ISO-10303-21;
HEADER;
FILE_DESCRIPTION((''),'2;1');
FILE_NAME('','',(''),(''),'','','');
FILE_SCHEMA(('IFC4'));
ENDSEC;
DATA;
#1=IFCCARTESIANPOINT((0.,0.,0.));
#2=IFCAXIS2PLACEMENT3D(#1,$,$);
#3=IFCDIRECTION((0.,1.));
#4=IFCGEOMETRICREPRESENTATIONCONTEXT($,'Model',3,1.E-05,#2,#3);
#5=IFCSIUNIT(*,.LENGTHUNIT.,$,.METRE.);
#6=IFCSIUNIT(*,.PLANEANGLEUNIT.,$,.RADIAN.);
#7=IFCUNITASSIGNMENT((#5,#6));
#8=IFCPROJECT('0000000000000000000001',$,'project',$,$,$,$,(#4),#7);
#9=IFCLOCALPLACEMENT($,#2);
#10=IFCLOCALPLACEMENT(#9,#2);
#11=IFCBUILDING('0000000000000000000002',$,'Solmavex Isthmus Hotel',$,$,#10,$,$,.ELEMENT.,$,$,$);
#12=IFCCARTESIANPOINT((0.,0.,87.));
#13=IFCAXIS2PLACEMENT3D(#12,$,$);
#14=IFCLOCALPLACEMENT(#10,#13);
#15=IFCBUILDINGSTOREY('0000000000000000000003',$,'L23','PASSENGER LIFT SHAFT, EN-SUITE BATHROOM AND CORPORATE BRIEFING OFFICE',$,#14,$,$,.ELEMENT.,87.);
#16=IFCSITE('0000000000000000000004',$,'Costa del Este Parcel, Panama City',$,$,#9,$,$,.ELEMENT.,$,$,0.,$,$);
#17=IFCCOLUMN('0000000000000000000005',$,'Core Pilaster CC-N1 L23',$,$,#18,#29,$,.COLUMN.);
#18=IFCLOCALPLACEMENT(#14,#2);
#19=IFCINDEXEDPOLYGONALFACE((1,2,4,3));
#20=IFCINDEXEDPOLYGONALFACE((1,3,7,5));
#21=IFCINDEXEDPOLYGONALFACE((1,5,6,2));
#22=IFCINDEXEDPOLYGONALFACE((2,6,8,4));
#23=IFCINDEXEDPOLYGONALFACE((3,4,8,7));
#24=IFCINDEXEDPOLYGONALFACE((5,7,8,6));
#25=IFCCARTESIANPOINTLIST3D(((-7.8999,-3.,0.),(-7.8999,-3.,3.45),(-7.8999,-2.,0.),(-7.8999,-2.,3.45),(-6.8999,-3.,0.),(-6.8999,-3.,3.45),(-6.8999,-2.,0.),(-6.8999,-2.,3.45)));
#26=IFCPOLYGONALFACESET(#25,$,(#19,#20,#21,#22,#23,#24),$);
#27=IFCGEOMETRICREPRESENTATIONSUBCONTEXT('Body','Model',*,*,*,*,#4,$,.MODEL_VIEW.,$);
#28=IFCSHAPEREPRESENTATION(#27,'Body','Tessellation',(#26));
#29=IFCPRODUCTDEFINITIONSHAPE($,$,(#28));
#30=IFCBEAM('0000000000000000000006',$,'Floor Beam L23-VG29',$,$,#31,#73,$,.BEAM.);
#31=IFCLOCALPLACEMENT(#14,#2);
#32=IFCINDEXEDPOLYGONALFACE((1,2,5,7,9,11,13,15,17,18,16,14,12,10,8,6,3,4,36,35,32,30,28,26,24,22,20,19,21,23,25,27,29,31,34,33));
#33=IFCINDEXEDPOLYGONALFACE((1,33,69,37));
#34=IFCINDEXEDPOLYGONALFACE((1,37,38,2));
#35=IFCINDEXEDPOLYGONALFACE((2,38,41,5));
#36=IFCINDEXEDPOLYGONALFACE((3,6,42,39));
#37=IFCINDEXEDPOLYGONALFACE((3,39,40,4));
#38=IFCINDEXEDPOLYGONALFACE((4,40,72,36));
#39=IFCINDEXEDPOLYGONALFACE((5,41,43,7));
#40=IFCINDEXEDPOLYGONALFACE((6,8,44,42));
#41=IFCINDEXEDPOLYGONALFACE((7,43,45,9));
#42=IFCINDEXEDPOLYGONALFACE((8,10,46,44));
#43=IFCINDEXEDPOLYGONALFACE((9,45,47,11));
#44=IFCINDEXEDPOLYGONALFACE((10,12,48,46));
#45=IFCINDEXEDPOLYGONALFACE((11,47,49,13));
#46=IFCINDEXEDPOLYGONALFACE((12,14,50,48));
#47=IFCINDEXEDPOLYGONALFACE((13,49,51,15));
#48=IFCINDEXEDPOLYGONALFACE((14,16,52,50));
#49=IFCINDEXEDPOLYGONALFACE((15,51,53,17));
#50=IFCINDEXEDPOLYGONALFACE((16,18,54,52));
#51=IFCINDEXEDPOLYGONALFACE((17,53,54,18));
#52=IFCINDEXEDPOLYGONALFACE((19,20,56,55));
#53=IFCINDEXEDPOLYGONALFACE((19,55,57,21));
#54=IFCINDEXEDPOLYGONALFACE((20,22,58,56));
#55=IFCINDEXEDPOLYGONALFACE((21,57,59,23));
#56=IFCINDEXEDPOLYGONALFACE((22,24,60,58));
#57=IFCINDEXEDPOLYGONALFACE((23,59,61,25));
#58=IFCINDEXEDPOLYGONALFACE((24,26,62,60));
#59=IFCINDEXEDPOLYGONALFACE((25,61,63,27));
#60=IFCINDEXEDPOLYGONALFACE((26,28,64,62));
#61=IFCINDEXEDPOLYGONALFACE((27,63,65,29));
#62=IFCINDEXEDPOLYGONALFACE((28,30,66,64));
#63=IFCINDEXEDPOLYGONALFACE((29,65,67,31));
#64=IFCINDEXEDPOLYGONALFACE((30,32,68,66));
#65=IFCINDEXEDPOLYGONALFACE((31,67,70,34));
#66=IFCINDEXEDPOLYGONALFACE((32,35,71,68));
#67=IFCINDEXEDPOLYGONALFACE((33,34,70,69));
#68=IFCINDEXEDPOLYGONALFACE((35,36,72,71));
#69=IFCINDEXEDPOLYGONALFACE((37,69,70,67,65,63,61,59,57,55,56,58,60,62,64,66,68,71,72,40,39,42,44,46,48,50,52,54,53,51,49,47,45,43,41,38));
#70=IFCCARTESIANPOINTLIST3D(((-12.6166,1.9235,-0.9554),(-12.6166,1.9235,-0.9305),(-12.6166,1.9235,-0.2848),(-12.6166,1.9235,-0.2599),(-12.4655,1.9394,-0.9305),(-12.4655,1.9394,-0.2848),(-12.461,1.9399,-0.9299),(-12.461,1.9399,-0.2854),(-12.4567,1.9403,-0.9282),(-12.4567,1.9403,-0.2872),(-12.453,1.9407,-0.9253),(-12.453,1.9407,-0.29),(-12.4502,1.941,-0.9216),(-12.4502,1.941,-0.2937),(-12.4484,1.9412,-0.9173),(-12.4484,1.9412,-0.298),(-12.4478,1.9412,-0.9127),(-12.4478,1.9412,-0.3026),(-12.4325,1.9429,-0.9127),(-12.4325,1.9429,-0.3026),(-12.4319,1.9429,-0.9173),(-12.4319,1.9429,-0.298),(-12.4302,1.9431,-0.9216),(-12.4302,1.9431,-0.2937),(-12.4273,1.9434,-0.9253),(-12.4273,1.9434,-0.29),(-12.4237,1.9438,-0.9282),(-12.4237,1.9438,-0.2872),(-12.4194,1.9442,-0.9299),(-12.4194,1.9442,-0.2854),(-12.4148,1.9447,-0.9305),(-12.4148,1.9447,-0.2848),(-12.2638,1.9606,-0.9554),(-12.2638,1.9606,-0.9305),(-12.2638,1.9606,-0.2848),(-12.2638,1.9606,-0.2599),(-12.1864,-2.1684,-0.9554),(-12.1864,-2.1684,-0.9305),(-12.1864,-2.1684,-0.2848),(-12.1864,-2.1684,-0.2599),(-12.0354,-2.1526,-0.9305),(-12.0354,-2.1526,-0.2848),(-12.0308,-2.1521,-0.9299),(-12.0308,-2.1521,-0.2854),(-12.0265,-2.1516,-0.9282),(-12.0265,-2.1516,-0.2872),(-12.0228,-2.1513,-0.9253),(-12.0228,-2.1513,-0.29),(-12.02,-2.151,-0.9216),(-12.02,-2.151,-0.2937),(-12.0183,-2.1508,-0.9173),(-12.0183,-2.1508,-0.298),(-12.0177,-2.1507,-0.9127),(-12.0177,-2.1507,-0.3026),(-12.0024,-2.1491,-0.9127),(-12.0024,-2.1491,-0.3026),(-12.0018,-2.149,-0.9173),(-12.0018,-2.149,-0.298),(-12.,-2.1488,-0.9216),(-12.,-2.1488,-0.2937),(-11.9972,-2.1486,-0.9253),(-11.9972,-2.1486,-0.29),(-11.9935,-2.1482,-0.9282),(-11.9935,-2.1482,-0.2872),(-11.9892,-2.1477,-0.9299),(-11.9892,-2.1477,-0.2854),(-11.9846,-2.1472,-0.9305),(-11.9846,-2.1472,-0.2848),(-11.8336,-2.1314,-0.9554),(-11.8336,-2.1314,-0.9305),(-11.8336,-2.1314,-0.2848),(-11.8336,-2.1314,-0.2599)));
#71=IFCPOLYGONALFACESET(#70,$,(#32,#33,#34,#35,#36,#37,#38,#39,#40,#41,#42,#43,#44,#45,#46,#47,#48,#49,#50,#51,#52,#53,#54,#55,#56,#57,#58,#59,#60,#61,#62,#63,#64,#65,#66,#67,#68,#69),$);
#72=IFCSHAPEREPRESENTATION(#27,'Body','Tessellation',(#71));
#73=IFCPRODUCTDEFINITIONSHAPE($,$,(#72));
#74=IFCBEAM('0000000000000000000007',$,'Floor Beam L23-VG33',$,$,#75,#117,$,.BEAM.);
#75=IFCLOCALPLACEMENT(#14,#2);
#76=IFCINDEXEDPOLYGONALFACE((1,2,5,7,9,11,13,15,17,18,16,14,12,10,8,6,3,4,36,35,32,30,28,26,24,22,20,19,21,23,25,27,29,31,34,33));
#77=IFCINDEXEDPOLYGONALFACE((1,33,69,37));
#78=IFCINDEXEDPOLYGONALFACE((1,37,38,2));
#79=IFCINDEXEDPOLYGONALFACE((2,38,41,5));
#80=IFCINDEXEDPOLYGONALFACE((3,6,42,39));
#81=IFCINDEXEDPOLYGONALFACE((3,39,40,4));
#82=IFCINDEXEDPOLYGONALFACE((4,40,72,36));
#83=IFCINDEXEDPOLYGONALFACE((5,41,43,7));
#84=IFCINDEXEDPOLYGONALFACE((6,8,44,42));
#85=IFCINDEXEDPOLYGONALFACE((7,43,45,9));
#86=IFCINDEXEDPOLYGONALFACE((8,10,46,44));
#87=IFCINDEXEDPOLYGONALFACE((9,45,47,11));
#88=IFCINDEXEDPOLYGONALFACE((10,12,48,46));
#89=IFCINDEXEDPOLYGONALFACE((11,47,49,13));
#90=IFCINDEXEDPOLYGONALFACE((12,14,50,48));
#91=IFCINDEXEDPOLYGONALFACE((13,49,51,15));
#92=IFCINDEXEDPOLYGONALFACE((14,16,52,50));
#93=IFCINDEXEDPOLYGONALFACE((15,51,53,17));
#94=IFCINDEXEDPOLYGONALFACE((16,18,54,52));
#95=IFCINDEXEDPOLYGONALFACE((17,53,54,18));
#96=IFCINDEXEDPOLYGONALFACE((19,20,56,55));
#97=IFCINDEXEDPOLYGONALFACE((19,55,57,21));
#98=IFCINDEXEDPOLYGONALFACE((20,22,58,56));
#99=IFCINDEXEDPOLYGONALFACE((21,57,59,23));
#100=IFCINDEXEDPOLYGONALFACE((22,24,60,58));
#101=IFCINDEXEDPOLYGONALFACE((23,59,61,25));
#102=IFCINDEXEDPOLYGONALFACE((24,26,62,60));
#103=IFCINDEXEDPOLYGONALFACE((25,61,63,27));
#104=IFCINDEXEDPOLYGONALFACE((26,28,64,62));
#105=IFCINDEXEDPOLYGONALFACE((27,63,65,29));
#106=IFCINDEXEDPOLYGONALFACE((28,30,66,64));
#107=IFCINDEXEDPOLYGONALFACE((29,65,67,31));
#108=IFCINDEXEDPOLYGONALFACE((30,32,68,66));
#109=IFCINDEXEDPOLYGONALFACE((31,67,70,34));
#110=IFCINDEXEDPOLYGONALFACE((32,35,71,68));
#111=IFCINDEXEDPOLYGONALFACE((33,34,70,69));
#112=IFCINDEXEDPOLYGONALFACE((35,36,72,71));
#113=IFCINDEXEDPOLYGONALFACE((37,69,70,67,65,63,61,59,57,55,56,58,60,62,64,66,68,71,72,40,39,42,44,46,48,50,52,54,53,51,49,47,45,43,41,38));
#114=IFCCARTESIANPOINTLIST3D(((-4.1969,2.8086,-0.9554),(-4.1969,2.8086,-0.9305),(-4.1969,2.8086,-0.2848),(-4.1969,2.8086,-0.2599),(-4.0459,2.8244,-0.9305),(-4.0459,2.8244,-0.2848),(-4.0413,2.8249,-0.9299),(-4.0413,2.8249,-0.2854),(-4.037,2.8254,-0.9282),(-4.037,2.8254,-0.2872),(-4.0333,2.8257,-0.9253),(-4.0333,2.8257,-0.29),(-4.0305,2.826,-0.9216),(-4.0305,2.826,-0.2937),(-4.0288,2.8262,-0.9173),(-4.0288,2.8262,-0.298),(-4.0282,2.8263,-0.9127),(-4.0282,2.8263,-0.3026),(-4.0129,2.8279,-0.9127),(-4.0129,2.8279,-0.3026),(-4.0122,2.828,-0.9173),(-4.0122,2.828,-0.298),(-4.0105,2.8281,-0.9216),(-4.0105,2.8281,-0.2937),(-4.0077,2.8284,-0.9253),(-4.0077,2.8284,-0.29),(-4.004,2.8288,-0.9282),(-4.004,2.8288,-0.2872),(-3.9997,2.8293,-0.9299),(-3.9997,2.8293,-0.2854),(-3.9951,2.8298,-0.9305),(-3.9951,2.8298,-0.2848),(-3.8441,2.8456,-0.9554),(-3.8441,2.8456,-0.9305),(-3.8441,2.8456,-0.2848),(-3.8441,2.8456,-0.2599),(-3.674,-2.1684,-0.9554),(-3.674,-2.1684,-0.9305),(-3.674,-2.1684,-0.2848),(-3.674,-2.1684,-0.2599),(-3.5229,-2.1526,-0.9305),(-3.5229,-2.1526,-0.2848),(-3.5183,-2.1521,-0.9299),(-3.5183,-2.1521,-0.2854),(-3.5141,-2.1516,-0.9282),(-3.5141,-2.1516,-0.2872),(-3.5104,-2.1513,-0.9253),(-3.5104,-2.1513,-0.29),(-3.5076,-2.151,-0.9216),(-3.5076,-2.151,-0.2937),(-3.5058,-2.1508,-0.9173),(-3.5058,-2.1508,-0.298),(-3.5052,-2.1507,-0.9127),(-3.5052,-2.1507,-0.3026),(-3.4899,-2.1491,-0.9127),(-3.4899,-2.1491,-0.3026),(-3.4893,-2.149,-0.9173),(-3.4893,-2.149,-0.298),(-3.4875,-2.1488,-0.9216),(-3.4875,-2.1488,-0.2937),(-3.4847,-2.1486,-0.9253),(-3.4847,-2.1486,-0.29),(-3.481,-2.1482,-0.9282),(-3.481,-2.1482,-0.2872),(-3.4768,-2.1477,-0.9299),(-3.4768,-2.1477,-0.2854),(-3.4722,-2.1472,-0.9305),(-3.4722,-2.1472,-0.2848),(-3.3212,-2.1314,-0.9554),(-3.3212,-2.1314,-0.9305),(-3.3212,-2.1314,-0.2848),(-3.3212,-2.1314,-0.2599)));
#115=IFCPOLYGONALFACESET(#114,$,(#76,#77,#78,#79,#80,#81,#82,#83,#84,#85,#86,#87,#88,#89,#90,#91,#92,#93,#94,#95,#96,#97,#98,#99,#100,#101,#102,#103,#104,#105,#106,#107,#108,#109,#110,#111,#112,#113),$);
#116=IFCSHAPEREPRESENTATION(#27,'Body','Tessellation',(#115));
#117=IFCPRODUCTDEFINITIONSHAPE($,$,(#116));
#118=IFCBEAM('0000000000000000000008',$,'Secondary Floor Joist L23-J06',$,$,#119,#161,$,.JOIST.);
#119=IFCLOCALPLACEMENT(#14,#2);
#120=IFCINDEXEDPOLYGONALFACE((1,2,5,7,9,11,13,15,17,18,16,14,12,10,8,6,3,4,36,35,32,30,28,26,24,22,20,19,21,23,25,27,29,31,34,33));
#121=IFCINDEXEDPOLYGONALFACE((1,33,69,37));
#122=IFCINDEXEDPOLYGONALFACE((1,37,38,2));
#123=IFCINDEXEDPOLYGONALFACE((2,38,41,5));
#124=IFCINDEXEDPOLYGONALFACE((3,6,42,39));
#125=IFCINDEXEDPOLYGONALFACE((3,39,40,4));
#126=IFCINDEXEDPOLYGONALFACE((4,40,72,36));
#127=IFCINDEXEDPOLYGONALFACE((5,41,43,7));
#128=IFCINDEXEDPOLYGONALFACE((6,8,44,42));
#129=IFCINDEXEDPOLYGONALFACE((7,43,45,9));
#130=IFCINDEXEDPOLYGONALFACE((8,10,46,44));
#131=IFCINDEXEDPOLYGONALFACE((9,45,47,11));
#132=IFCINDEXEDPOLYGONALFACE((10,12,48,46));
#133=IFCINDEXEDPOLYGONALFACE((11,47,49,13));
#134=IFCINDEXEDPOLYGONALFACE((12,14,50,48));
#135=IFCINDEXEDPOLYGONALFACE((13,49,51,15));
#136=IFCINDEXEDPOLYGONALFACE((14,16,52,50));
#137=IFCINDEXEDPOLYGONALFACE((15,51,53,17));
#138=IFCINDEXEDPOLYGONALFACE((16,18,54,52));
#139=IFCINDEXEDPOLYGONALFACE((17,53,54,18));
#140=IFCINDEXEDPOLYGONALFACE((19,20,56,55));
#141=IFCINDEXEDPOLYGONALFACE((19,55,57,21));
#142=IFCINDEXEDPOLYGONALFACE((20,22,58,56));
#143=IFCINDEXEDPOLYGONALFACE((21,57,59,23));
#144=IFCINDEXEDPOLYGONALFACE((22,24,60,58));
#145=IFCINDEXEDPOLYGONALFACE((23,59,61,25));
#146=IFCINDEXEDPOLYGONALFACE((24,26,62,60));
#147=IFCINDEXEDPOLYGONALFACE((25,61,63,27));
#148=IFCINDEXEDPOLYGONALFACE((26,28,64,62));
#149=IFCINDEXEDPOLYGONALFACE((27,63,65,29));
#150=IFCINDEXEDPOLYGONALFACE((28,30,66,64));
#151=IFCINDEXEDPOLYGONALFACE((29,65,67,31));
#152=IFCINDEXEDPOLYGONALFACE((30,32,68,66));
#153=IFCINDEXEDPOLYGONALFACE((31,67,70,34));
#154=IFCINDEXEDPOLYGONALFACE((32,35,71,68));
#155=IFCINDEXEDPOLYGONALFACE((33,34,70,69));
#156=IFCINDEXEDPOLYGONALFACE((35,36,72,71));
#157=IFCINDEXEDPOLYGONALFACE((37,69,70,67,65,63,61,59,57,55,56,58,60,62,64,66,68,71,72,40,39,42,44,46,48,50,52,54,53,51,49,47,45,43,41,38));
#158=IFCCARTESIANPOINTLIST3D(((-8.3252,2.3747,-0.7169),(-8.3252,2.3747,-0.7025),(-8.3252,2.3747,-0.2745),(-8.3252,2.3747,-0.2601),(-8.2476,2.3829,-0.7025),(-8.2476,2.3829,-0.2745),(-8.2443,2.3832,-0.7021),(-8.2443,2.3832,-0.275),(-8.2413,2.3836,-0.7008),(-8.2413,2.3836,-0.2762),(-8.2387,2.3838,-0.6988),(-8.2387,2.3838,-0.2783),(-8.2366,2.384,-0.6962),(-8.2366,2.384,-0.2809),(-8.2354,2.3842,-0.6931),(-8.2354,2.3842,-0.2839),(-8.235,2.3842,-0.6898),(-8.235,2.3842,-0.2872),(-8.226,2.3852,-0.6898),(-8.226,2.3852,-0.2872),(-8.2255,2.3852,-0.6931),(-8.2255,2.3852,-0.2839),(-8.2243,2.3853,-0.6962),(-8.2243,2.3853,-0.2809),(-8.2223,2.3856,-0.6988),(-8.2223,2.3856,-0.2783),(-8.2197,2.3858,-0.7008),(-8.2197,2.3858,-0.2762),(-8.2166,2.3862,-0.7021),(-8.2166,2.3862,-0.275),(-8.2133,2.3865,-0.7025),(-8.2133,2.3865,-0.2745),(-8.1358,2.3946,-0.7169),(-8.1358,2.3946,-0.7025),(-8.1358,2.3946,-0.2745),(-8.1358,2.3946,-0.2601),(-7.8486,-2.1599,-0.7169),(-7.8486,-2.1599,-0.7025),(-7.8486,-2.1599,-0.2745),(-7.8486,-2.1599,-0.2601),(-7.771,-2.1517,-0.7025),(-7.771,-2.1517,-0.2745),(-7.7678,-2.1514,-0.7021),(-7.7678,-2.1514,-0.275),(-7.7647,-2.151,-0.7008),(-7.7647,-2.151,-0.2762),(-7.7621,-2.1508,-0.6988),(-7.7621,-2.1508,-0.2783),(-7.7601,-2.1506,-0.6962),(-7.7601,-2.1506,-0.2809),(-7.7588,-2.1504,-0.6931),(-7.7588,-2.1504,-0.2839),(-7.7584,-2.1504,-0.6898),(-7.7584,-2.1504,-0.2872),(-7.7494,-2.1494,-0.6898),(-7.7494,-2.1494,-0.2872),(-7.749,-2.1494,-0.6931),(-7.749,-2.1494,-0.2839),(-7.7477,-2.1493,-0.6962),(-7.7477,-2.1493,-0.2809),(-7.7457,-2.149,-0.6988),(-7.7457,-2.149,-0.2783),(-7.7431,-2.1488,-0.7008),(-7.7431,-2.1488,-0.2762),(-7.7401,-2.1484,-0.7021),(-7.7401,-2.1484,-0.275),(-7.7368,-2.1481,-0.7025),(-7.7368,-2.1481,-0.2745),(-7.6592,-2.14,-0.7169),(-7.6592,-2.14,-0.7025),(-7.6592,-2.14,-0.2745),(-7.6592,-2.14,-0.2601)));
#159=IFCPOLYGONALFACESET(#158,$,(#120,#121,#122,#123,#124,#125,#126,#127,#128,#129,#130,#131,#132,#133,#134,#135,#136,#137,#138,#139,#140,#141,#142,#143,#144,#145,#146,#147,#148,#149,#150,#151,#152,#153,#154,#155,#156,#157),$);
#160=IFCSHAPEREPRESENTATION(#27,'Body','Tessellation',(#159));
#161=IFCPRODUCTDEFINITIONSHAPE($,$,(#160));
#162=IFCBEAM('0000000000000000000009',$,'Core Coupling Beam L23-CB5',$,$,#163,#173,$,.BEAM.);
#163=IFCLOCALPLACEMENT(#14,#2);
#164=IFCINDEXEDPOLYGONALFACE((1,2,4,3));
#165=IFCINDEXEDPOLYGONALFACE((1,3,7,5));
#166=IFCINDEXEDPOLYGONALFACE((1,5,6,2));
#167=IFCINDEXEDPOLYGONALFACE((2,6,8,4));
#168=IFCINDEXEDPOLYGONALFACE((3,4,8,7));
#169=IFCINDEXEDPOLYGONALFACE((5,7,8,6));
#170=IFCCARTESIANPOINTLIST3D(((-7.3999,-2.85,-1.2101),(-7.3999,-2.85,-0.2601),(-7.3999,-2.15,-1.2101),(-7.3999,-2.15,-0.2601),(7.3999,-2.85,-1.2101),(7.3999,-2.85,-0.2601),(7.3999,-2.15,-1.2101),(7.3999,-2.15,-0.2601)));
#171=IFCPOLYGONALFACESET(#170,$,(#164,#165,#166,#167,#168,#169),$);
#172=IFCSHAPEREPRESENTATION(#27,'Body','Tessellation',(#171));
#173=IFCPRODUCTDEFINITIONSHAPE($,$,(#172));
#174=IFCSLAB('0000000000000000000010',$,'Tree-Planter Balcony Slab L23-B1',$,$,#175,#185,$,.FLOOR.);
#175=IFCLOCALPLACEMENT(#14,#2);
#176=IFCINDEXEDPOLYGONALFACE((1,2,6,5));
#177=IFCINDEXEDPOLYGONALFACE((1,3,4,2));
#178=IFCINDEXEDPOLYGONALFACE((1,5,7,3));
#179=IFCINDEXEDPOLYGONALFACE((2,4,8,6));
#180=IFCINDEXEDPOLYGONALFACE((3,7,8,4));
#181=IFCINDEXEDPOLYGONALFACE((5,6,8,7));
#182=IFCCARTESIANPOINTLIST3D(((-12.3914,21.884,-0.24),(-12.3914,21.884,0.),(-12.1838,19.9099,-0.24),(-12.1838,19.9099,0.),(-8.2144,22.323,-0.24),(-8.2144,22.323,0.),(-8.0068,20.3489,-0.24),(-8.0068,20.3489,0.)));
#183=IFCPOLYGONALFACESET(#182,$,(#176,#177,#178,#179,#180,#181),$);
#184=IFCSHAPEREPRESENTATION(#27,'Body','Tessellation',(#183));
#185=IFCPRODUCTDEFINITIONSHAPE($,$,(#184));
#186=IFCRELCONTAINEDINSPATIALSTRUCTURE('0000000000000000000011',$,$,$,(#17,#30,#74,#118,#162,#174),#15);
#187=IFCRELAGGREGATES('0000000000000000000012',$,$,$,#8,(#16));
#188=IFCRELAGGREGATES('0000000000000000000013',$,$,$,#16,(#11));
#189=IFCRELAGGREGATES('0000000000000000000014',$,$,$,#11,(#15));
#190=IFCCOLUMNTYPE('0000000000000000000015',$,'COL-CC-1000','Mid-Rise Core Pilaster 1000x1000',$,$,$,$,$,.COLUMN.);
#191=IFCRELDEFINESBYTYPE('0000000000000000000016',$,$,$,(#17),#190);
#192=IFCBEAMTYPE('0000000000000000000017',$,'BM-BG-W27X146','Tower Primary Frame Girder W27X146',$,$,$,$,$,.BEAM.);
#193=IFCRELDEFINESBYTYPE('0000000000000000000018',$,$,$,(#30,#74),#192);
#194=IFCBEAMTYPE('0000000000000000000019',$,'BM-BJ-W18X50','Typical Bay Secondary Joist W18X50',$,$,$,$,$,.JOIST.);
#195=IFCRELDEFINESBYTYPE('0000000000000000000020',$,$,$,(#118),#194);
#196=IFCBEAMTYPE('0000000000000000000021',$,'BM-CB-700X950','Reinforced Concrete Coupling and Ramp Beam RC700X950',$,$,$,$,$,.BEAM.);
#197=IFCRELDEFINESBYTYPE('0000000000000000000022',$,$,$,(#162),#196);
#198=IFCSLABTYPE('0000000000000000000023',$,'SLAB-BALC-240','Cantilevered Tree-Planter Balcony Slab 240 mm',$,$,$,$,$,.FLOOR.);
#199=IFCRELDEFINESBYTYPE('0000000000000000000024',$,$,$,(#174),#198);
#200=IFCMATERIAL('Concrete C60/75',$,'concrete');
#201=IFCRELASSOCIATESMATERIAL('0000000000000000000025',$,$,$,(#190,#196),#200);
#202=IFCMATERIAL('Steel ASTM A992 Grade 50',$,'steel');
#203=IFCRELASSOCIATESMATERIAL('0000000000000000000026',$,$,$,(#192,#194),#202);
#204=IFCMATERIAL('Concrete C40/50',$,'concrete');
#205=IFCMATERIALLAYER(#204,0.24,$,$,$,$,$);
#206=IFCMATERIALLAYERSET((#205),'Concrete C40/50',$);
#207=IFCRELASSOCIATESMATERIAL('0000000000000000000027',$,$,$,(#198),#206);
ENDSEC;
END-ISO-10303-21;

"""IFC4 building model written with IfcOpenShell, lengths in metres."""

from ifc_helpers import new_model, si_unit, direction, frame, origin, origin_2d, place, context, subcontext, project, spatial, polyline, rectangle, i_section, outline, extrude, material, layer, layer_set, material_profile, profile_set, type_object, element, save


model = new_model("IFC4")

# Units and contexts
model_context = context("Model", 3, precision=1e-05, world=origin(), true_north=direction((0.0, 1.0)))
body_context = subcontext(model_context, "Body", "Model", "MODEL_VIEW")
ifc_project = project(units=[si_unit("LENGTHUNIT", "METRE"), si_unit("PLANEANGLEUNIT", "RADIAN")], contexts=[model_context])

# Site, building, storey
site_placement = place(None, origin())
site = spatial("IfcSite", under=ifc_project, at=site_placement, Name="Costa del Este Parcel, Panama City", CompositionType="ELEMENT", RefElevation=0.0)
building_placement = place(site_placement, origin())
building = spatial("IfcBuilding", under=site, at=building_placement, Name="Solmavex Isthmus Hotel", CompositionType="ELEMENT")
storey_placement = place(building_placement, frame((0.0, 0.0, 87.0)))
storey = spatial("IfcBuildingStorey", under=building, at=storey_placement, Name="L23", Description="PASSENGER LIFT SHAFT, EN-SUITE BATHROOM AND CORPORATE BRIEFING OFFICE", CompositionType="ELEMENT", Elevation=87.0)

# Column
ifc_material_1 = material(Name="Concrete C60/75", Category="concrete")
ifc_material_profile_1 = material_profile(ifc_material_1, rectangle(XDim=1.0, YDim=1.0, at=origin_2d()), Name="RC1000X1000")
ifc_profile_set_1 = profile_set([ifc_material_profile_1], Name="Concrete C60/75")
column_type = type_object("IfcColumnType", Name="COL-CC-1000", Description="Mid-Rise Core Pilaster 1000x1000", PredefinedType="COLUMN", material=ifc_profile_set_1)
column_placement = place(storey_placement, frame((-7.3999, -2.5, 0.0), z_axis=(0.0, 0.0, 1.0), x_axis=(1.0, 0.0, 0.0)))
element("IfcColumn", 1, at=column_placement, inside=storey, type_object=column_type, Name="Core Pilaster CC-N1 L23", PredefinedType="COLUMN", context=body_context, shape_type="SweptSolid", body=[
    extrude(rectangle(XDim=1.0, YDim=1.0, at=origin_2d()), origin(), (0.0, 0.0, 1.0), 3.45),
])

# Beams
ifc_material_2 = material(Name="Steel ASTM A992 Grade 50", Category="steel")
ifc_material_profile_2 = material_profile(ifc_material_2, i_section(OverallWidth=0.3547, OverallDepth=0.6956, WebThickness=0.0154, FlangeThickness=0.0249, FilletRadius=0.0178, at=origin_2d()), Name="W27X146")
ifc_profile_set_2 = profile_set([ifc_material_profile_2], Name="Steel ASTM A992 Grade 50")
beam_type_1 = type_object("IfcBeamType", Name="BM-BG-W27X146", Description="Tower Primary Frame Girder W27X146", PredefinedType="BEAM", material=ifc_profile_set_2)
beam_1_placement = place(storey_placement, frame((-12.01, -2.1499, -0.6077), z_axis=(-0.104549, 0.99452, 0.0), x_axis=(-0.99452, -0.104549, 0.0)))
element("IfcBeam", 2, at=beam_1_placement, inside=storey, type_object=beam_type_1, Name="Floor Beam L23-VG29", PredefinedType="BEAM", context=body_context, shape_type="SweptSolid", body=[
    extrude(i_section(OverallWidth=0.3547, OverallDepth=0.6956, WebThickness=0.0154, FlangeThickness=0.0249, FilletRadius=0.0178, at=origin_2d()), origin(), (0.0, 0.0, 1.0), 4.1145),
])
beam_2_placement = place(storey_placement, frame((-3.4976, -2.1499, -0.6077), z_axis=(-0.104497, 0.994525, 0.0), x_axis=(-0.994525, -0.104497, 0.0)))
element("IfcBeam", 3, at=beam_2_placement, inside=storey, type_object=beam_type_1, Name="Floor Beam L23-VG33", PredefinedType="BEAM", context=body_context, shape_type="SweptSolid", body=[
    extrude(i_section(OverallWidth=0.3547, OverallDepth=0.6956, WebThickness=0.0154, FlangeThickness=0.0249, FilletRadius=0.0178, at=origin_2d()), origin(), (0.0, 0.0, 1.0), 5.0044),
])
ifc_material_profile_3 = material_profile(ifc_material_2, i_section(OverallWidth=0.1904, OverallDepth=0.4568, WebThickness=0.009, FlangeThickness=0.0144, FilletRadius=0.0127, at=origin_2d()), Name="W18X50")
ifc_profile_set_3 = profile_set([ifc_material_profile_3], Name="Steel ASTM A992 Grade 50")
beam_type_2 = type_object("IfcBeamType", Name="BM-BJ-W18X50", Description="Typical Bay Secondary Joist W18X50", PredefinedType="JOIST", material=ifc_profile_set_3)
beam_3_placement = place(storey_placement, frame((-7.7539, -2.1499, -0.4885), z_axis=(-0.104518, 0.994523, 0.0), x_axis=(-0.994523, -0.104518, 0.0)))
element("IfcBeam", 4, at=beam_3_placement, inside=storey, type_object=beam_type_2, Name="Secondary Floor Joist L23-J06", PredefinedType="JOIST", context=body_context, shape_type="SweptSolid", body=[
    extrude(i_section(OverallWidth=0.1904, OverallDepth=0.4568, WebThickness=0.009, FlangeThickness=0.0144, FilletRadius=0.0127, at=origin_2d()), origin(), (0.0, 0.0, 1.0), 4.5596),
])
ifc_material_profile_4 = material_profile(ifc_material_1, rectangle(XDim=0.7, YDim=0.95, at=origin_2d()), Name="RC700X950")
ifc_profile_set_4 = profile_set([ifc_material_profile_4], Name="Concrete C60/75")
beam_type_3 = type_object("IfcBeamType", Name="BM-CB-700X950", Description="Reinforced Concrete Coupling and Ramp Beam RC700X950", PredefinedType="BEAM", material=ifc_profile_set_4)
beam_4_placement = place(storey_placement, frame((-7.3999, -2.5, -0.7351), z_axis=(1.0, 0.0, 0.0), x_axis=(0.0, 1.0, 0.0)))
element("IfcBeam", 5, at=beam_4_placement, inside=storey, type_object=beam_type_3, Name="Core Coupling Beam L23-CB5", PredefinedType="BEAM", context=body_context, shape_type="SweptSolid", body=[
    extrude(rectangle(XDim=0.7, YDim=0.95, at=origin_2d()), origin(), (0.0, 0.0, 1.0), 14.7998),
])

# Slab
ifc_material_3 = material(Name="Concrete C40/50", Category="concrete")
ifc_layer_1 = layer(ifc_material_3, 0.24)
ifc_layer_set_1 = layer_set([ifc_layer_1], Name="Concrete C40/50")
slab_type_1 = type_object("IfcSlabType", Name="SLAB-BALC-240", Description="Cantilevered Tree-Planter Balcony Slab 240 mm", PredefinedType="FLOOR", material=ifc_layer_set_1)
slab_1_placement = place(storey_placement, frame((0.0, 0.0, -0.24)))
element("IfcSlab", 6, at=slab_1_placement, inside=storey, type_object=slab_type_1, Name="Tree-Planter Balcony Slab L23-B1", PredefinedType="FLOOR", context=body_context, shape_type="SweptSolid", body=[
    extrude(outline(polyline([(-12.1838, 19.9099), (-8.0068, 20.3489), (-8.2144, 22.323), (-12.3914, 21.884), (-12.1838, 19.9099)])), origin(), (0.0, 0.0, 1.0), 0.24),
])

save(model, "model.ifc")
